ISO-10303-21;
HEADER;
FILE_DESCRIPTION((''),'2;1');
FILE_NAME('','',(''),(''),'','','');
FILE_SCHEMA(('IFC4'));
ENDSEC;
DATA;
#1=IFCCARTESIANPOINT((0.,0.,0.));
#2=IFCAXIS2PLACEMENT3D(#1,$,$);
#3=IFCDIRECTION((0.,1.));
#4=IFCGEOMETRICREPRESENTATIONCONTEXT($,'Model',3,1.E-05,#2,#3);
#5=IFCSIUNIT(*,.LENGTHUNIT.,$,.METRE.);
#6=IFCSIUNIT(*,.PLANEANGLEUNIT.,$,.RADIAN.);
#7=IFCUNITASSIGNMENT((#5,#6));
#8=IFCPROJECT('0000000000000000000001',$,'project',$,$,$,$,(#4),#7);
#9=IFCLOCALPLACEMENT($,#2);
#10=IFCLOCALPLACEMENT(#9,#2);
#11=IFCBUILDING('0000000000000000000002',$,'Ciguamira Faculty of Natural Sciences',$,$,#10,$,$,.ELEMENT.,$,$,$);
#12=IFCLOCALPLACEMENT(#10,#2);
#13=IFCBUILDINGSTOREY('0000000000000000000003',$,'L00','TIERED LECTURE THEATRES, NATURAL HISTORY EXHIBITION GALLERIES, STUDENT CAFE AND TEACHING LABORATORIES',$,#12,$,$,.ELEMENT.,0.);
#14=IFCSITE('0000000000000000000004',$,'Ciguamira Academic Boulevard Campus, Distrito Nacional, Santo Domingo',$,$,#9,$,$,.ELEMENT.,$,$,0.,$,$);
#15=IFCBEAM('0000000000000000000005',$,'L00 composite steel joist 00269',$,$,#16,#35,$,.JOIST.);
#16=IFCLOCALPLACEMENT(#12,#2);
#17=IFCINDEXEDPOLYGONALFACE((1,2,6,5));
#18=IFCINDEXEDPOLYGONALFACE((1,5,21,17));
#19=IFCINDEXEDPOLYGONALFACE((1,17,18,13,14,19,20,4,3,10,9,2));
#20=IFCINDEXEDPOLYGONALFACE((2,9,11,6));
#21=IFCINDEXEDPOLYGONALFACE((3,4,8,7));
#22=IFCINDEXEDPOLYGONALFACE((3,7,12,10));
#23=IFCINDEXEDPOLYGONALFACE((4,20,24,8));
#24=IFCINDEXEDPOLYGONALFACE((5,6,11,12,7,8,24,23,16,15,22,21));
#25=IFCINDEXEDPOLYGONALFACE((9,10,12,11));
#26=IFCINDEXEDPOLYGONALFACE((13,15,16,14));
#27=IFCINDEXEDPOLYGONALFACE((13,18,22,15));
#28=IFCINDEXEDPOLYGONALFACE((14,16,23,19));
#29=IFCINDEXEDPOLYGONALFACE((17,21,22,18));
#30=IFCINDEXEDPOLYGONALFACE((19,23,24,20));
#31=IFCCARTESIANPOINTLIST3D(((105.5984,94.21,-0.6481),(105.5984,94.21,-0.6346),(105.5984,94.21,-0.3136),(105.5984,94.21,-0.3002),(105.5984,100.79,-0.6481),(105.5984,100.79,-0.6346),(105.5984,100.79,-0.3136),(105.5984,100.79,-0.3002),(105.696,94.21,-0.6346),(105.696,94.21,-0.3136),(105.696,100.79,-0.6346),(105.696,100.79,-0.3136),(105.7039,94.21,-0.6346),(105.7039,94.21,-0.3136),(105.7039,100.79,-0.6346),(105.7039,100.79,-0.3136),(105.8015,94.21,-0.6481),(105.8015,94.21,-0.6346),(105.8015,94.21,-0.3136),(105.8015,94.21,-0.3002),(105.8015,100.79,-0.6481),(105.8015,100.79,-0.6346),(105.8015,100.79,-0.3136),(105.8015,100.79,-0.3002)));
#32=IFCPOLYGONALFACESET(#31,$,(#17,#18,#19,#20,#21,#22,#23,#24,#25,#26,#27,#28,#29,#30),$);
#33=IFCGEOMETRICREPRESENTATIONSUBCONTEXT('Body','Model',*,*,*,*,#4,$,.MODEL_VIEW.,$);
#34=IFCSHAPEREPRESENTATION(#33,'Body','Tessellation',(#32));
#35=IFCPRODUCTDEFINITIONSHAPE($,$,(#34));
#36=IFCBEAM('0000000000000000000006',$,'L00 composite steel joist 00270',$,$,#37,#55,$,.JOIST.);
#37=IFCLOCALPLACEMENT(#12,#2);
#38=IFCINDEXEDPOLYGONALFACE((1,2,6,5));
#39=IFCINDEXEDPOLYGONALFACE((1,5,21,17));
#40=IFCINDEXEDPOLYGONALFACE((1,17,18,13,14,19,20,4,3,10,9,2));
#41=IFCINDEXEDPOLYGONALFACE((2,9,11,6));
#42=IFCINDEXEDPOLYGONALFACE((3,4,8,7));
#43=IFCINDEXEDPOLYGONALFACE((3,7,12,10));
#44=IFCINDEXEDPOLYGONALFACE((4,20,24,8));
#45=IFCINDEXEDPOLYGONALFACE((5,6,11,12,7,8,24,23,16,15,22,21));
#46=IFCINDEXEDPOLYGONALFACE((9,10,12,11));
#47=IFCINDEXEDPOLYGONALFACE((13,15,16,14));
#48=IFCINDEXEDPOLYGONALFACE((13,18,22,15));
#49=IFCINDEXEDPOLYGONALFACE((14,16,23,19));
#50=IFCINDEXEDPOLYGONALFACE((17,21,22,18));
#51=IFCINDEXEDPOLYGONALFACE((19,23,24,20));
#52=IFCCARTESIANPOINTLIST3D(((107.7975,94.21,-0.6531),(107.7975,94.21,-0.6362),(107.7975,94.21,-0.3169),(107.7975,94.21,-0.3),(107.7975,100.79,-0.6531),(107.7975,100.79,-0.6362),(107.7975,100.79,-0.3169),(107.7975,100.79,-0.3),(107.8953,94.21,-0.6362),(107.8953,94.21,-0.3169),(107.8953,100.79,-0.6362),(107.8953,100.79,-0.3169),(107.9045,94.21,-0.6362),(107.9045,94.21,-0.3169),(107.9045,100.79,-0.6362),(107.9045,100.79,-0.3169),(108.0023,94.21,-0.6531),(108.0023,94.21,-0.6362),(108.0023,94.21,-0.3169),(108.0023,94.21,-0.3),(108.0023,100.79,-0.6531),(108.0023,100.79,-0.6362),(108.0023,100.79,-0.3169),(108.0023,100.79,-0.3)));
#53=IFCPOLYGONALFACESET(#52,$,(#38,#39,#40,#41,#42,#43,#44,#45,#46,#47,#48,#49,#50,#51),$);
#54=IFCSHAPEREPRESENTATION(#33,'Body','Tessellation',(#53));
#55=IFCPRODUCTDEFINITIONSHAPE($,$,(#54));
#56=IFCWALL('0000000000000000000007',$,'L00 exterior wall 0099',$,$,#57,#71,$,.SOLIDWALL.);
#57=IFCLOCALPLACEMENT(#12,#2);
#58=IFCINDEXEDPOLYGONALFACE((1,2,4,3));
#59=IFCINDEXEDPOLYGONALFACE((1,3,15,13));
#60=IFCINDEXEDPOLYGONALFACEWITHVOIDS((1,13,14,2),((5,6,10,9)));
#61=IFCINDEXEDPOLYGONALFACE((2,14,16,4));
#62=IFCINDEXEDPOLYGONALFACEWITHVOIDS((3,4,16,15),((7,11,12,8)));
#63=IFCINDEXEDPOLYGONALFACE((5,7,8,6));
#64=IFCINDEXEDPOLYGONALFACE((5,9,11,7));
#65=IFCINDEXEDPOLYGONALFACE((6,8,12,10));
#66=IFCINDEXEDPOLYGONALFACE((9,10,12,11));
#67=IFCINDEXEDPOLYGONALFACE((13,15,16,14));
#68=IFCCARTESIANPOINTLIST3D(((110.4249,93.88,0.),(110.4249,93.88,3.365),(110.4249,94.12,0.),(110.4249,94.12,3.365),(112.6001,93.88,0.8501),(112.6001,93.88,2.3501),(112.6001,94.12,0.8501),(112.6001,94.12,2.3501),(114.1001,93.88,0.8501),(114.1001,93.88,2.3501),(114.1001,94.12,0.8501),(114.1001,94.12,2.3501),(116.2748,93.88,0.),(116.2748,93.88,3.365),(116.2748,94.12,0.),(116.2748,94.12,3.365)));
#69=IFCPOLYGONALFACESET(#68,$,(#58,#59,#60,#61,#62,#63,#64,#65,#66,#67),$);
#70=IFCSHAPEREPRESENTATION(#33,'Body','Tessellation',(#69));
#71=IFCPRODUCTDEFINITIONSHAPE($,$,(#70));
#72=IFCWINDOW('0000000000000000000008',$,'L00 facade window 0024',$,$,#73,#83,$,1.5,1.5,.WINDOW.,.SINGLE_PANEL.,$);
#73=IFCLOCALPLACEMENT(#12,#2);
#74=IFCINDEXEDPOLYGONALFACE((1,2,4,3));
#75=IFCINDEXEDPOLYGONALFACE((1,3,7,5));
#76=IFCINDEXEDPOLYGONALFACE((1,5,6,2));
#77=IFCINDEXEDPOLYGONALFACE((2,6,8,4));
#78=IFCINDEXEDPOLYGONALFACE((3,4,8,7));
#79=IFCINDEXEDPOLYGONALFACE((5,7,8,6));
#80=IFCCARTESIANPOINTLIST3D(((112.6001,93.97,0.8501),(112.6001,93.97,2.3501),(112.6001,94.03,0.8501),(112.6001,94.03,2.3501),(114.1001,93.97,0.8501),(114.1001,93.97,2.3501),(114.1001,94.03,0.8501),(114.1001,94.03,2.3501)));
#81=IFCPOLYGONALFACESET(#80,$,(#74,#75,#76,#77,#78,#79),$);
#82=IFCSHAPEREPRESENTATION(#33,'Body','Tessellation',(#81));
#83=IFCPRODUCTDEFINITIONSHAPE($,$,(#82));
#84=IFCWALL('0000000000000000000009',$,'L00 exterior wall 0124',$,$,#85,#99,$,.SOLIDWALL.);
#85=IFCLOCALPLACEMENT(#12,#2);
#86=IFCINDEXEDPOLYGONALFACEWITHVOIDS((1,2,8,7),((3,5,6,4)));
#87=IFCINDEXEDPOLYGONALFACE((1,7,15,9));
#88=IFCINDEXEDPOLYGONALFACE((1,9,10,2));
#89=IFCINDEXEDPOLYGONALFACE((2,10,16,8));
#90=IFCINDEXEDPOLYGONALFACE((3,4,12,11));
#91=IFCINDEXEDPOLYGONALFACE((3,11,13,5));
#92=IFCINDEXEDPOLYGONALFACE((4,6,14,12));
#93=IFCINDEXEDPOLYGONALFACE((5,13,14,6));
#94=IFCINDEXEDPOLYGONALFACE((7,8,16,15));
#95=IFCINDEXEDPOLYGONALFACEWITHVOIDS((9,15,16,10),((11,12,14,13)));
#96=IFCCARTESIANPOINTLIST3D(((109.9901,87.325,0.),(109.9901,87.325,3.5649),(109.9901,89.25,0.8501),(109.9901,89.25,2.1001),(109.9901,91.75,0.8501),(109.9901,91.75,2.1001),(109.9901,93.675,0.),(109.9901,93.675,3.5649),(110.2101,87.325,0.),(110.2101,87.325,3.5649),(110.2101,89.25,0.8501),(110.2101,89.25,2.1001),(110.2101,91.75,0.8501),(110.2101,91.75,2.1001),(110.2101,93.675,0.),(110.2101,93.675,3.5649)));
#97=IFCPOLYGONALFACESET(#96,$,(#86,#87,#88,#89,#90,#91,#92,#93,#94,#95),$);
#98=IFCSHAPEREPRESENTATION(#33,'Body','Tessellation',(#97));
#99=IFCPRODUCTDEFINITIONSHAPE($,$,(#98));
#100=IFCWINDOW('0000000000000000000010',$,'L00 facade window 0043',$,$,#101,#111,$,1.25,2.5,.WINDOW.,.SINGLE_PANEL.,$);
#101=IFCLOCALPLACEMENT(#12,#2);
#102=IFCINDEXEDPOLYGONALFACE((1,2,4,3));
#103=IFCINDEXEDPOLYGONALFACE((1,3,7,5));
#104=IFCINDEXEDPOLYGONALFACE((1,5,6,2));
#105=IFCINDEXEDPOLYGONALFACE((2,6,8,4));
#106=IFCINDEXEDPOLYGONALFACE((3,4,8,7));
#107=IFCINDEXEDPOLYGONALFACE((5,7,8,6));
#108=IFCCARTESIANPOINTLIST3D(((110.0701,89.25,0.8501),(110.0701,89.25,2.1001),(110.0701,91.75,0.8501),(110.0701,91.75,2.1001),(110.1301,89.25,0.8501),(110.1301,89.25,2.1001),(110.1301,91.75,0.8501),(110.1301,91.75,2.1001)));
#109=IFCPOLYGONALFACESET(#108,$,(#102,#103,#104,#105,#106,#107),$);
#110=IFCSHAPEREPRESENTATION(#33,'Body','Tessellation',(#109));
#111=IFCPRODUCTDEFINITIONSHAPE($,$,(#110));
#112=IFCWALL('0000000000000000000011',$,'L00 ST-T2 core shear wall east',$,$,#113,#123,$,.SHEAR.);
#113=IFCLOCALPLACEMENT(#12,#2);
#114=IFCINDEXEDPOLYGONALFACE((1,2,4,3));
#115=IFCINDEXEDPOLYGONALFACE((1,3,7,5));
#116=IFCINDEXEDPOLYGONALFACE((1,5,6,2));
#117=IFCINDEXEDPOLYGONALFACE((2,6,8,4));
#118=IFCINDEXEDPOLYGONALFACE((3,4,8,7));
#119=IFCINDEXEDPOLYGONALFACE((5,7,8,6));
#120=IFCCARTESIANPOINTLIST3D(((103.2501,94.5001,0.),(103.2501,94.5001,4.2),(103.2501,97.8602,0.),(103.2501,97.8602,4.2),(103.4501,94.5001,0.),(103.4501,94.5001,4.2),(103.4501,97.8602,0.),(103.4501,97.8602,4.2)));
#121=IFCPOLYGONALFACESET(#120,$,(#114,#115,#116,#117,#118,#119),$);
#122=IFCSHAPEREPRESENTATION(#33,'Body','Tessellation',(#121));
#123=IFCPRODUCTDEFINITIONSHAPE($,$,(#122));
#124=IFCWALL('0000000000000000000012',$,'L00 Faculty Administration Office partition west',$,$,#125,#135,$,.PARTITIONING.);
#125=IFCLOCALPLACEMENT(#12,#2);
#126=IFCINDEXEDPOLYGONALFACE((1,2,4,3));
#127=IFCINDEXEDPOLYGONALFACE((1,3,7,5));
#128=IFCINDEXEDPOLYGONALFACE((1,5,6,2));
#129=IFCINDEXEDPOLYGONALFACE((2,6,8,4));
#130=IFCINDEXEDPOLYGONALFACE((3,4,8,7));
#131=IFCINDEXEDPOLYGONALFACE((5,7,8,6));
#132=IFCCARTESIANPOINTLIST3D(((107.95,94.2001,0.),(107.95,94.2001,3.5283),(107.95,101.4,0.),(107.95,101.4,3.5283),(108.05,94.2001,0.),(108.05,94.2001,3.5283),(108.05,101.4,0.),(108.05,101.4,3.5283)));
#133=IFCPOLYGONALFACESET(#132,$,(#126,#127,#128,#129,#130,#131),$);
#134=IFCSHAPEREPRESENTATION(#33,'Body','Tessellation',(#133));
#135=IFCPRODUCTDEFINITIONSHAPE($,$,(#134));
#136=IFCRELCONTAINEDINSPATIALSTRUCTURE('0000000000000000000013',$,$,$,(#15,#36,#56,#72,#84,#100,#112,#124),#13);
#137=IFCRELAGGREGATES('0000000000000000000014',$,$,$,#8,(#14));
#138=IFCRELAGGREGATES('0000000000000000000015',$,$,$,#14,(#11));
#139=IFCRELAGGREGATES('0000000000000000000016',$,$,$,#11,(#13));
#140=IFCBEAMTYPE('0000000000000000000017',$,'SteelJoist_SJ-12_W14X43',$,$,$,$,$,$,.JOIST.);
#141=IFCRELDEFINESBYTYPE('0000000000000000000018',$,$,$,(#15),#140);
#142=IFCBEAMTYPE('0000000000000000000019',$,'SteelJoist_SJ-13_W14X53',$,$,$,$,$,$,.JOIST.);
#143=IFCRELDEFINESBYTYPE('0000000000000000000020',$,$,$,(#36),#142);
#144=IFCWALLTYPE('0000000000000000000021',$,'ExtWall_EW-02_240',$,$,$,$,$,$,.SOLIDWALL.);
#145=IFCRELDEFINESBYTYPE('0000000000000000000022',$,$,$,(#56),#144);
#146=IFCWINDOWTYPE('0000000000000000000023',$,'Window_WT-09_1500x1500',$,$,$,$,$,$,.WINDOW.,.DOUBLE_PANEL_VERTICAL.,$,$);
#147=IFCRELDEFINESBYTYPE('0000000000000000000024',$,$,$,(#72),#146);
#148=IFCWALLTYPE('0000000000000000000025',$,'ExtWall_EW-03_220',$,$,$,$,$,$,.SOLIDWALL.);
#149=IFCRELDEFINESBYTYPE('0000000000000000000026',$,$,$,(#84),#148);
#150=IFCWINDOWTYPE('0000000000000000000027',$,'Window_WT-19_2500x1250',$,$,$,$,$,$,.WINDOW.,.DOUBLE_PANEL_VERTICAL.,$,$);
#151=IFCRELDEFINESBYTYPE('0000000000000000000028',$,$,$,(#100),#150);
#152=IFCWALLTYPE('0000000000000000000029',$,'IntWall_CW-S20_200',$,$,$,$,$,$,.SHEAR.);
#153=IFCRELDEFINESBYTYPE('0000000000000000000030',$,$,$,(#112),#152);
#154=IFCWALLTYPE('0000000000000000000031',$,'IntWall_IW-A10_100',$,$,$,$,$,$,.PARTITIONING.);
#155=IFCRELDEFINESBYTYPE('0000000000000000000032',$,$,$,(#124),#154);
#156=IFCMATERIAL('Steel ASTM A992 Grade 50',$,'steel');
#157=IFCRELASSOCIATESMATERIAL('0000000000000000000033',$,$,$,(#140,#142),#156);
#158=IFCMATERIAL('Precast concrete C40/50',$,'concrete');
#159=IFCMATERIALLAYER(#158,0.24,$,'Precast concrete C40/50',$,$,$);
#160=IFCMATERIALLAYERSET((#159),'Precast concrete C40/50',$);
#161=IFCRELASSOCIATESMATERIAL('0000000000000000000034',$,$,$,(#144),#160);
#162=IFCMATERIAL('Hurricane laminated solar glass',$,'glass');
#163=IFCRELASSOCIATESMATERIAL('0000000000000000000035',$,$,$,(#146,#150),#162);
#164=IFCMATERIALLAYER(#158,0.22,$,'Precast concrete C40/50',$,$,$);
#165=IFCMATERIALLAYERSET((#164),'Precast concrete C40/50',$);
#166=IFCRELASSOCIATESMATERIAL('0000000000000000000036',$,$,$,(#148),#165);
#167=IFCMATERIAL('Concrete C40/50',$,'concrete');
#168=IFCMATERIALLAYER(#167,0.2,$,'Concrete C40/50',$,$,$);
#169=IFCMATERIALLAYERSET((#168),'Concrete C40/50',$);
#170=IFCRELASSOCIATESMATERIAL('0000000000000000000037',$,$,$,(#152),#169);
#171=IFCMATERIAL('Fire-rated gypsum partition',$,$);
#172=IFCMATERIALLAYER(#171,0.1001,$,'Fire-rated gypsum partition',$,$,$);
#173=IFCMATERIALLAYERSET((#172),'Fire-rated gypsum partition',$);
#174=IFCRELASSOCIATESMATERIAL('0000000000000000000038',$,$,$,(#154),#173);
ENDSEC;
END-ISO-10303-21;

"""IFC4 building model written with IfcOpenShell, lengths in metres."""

from ifc_helpers import new_model, si_unit, direction, frame, frame_2d, origin, origin_2d, place, context, subcontext, project, spatial, rectangle, i_section, extrude, material, layer, layer_set, material_profile, profile_set, type_object, element, fill, save


model = new_model("IFC4")

# Units and contexts
model_context = context("Model", 3, precision=1e-05, world=origin(), true_north=direction((0.0, 1.0)))
body_context = subcontext(model_context, "Body", "Model", "MODEL_VIEW")
ifc_project = project(units=[si_unit("LENGTHUNIT", "METRE"), si_unit("PLANEANGLEUNIT", "RADIAN")], contexts=[model_context])

# Site, building, storey
site_placement = place(None, origin())
site = spatial("IfcSite", under=ifc_project, at=site_placement, Name="Ciguamira Academic Boulevard Campus, Distrito Nacional, Santo Domingo", CompositionType="ELEMENT", RefElevation=0.0)
building_placement = place(site_placement, origin())
building = spatial("IfcBuilding", under=site, at=building_placement, Name="Ciguamira Faculty of Natural Sciences", CompositionType="ELEMENT")
storey_placement = place(building_placement, origin())
storey = spatial("IfcBuildingStorey", under=building, at=storey_placement, Name="L00", Description="TIERED LECTURE THEATRES, NATURAL HISTORY EXHIBITION GALLERIES, STUDENT CAFE AND TEACHING LABORATORIES", CompositionType="ELEMENT", Elevation=0.0)

# Shared definitions
ifc_material_1 = material(Name="Concrete C40/50", Category="concrete")

# Beams
ifc_material_2 = material(Name="Precast concrete C40/50", Category="concrete")
ifc_material_3 = material(Name="Steel ASTM A992 Grade 50", Category="steel")
ifc_material_profile_1 = material_profile(ifc_material_3, i_section(OverallWidth=0.2031, OverallDepth=0.3479, WebThickness=0.0078, FlangeThickness=0.0134, at=origin_2d()), Name="W14X43")
ifc_profile_set_1 = profile_set([ifc_material_profile_1], Name="Steel ASTM A992 Grade 50")
beam_type_1 = type_object("IfcBeamType", Name="SteelJoist_SJ-12_W14X43", PredefinedType="JOIST", material=ifc_profile_set_1)
beam_1_placement = place(storey_placement, frame((105.7, 94.21, -0.4741), z_axis=(0.0, 1.0, 0.0), x_axis=(-1.0, 0.0, 0.0)))
element("IfcBeam", 1, at=beam_1_placement, inside=storey, type_object=beam_type_1, Name="L00 composite steel joist 00269", PredefinedType="JOIST", context=body_context, shape_type="SweptSolid", body=[
    extrude(i_section(OverallWidth=0.2031, OverallDepth=0.3479, WebThickness=0.0078, FlangeThickness=0.0134, at=origin_2d()), origin(), (0.0, 0.0, 1.0), 6.5801),
])
ifc_material_profile_2 = material_profile(ifc_material_3, i_section(OverallWidth=0.2048, OverallDepth=0.353, WebThickness=0.0093, FlangeThickness=0.0168, at=origin_2d()), Name="W14X53")
ifc_profile_set_2 = profile_set([ifc_material_profile_2], Name="Steel ASTM A992 Grade 50")
beam_type_2 = type_object("IfcBeamType", Name="SteelJoist_SJ-13_W14X53", PredefinedType="JOIST", material=ifc_profile_set_2)
beam_2_placement = place(storey_placement, frame((107.8999, 94.21, -0.4766), z_axis=(0.0, 1.0, 0.0), x_axis=(-1.0, 0.0, 0.0)))
element("IfcBeam", 2, at=beam_2_placement, inside=storey, type_object=beam_type_2, Name="L00 composite steel joist 00270", PredefinedType="JOIST", context=body_context, shape_type="SweptSolid", body=[
    extrude(i_section(OverallWidth=0.2048, OverallDepth=0.353, WebThickness=0.0093, FlangeThickness=0.0168, at=origin_2d()), origin(), (0.0, 0.0, 1.0), 6.5801),
])

# Walls, openings, windows
ifc_layer_1 = layer(ifc_material_2, 0.24, Name="Precast concrete C40/50")
ifc_layer_set_1 = layer_set([ifc_layer_1], Name="Precast concrete C40/50")
wall_type_1 = type_object("IfcWallType", Name="ExtWall_EW-02_240", PredefinedType="SOLIDWALL", material=ifc_layer_set_1)
wall_1_placement = place(storey_placement, frame((110.425, 94.0, 0.0), z_axis=(0.0, 0.0, 1.0), x_axis=(1.0, 0.0, 0.0)))
wall_1 = element("IfcWall", 3, at=wall_1_placement, inside=storey, type_object=wall_type_1, Name="L00 exterior wall 0099", PredefinedType="SOLIDWALL", context=body_context, shape_type="SweptSolid", body=[
    extrude(rectangle(XDim=5.8499, YDim=0.24, at=frame_2d((2.9248, 0.0))), origin(), (0.0, 0.0, 1.0), 3.365),
])
opening_1_placement = place(wall_1_placement, frame((2.175, 0.0, 0.8501)))
opening_1 = element("IfcOpeningElement", 4, at=opening_1_placement, cuts=wall_1, PredefinedType="OPENING", context=body_context, shape_type="SweptSolid", body=[
    extrude(rectangle(XDim=1.5, YDim=1.5, at=frame_2d((0.75, 0.75))), frame((0.0, 0.1299, 0.0), z_axis=(0.0, -1.0, 0.0), x_axis=(1.0, 0.0, 0.0)), (0.0, 0.0, 1.0), 0.26),
])
ifc_material_4 = material(Name="Hurricane laminated solar glass", Category="glass")
window_type_1 = type_object("IfcWindowType", Name="Window_WT-09_1500x1500", PartitioningType="DOUBLE_PANEL_VERTICAL", PredefinedType="WINDOW", material=ifc_material_4)
window_1_placement = place(opening_1_placement, origin())
window_1 = element("IfcWindow", 5, at=window_1_placement, inside=storey, type_object=window_type_1, Name="L00 facade window 0024", OverallHeight=1.5, OverallWidth=1.5, PartitioningType="SINGLE_PANEL", PredefinedType="WINDOW", context=body_context, shape_type="SweptSolid", body=[
    extrude(rectangle(XDim=1.5, YDim=1.5, at=frame_2d((0.75, 0.75))), frame((0.0, 0.03, 0.0), z_axis=(0.0, -1.0, 0.0), x_axis=(1.0, 0.0, 0.0)), (0.0, 0.0, 1.0), 0.0601),
])
fill(opening_1, window_1)
ifc_layer_2 = layer(ifc_material_2, 0.22, Name="Precast concrete C40/50")
ifc_layer_set_2 = layer_set([ifc_layer_2], Name="Precast concrete C40/50")
wall_type_2 = type_object("IfcWallType", Name="ExtWall_EW-03_220", PredefinedType="SOLIDWALL", material=ifc_layer_set_2)
wall_2_placement = place(storey_placement, frame((110.1001, 87.325, 0.0), z_axis=(0.0, 0.0, 1.0), x_axis=(0.0, 1.0, 0.0)))
wall_2 = element("IfcWall", 6, at=wall_2_placement, inside=storey, type_object=wall_type_2, Name="L00 exterior wall 0124", PredefinedType="SOLIDWALL", context=body_context, shape_type="SweptSolid", body=[
    extrude(rectangle(XDim=6.3501, YDim=0.22, at=frame_2d((3.175, 0.0))), origin(), (0.0, 0.0, 1.0), 3.5649),
])
opening_2_placement = place(wall_2_placement, frame((1.925, 0.0, 0.8501)))
opening_2 = element("IfcOpeningElement", 7, at=opening_2_placement, cuts=wall_2, PredefinedType="OPENING", context=body_context, shape_type="SweptSolid", body=[
    extrude(rectangle(XDim=2.5, YDim=1.25, at=frame_2d((1.25, 0.625))), frame((0.0, 0.1199, 0.0), z_axis=(0.0, -1.0, 0.0), x_axis=(1.0, 0.0, 0.0)), (0.0, 0.0, 1.0), 0.24),
])
window_type_2 = type_object("IfcWindowType", Name="Window_WT-19_2500x1250", PartitioningType="DOUBLE_PANEL_VERTICAL", PredefinedType="WINDOW", material=ifc_material_4)
window_2_placement = place(opening_2_placement, origin())
window_2 = element("IfcWindow", 8, at=window_2_placement, inside=storey, type_object=window_type_2, Name="L00 facade window 0043", OverallHeight=1.25, OverallWidth=2.5, PartitioningType="SINGLE_PANEL", PredefinedType="WINDOW", context=body_context, shape_type="SweptSolid", body=[
    extrude(rectangle(XDim=2.5, YDim=1.25, at=frame_2d((1.25, 0.625))), frame((0.0, 0.03, 0.0), z_axis=(0.0, -1.0, 0.0), x_axis=(1.0, 0.0, 0.0)), (0.0, 0.0, 1.0), 0.0601),
])
fill(opening_2, window_2)

# Walls
ifc_layer_3 = layer(ifc_material_1, 0.2, Name="Concrete C40/50")
ifc_layer_set_3 = layer_set([ifc_layer_3], Name="Concrete C40/50")
wall_type_3 = type_object("IfcWallType", Name="IntWall_CW-S20_200", PredefinedType="SHEAR", material=ifc_layer_set_3)
wall_3_placement = place(storey_placement, frame((103.3501, 94.5, 0.0), z_axis=(0.0, 0.0, 1.0), x_axis=(0.0, 1.0, 0.0)))
element("IfcWall", 9, at=wall_3_placement, inside=storey, type_object=wall_type_3, Name="L00 ST-T2 core shear wall east", PredefinedType="SHEAR", context=body_context, shape_type="SweptSolid", body=[
    extrude(rectangle(XDim=3.3601, YDim=0.2, at=frame_2d((1.6802, 0.0))), origin(), (0.0, 0.0, 1.0), 4.2),
])
ifc_material_5 = material(Name="Fire-rated gypsum partition")
ifc_layer_4 = layer(ifc_material_5, 0.1001, Name="Fire-rated gypsum partition")
ifc_layer_set_4 = layer_set([ifc_layer_4], Name="Fire-rated gypsum partition")
wall_type_4 = type_object("IfcWallType", Name="IntWall_IW-A10_100", PredefinedType="PARTITIONING", material=ifc_layer_set_4)
wall_4_placement = place(storey_placement, frame((108.0, 94.2, 0.0), z_axis=(0.0, 0.0, 1.0), x_axis=(0.0, 1.0, 0.0)))
element("IfcWall", 10, at=wall_4_placement, inside=storey, type_object=wall_type_4, Name="L00 Faculty Administration Office partition west", PredefinedType="PARTITIONING", context=body_context, shape_type="SweptSolid", body=[
    extrude(rectangle(XDim=7.2, YDim=0.1001, at=frame_2d((3.6001, 0.0))), origin(), (0.0, 0.0, 1.0), 3.5283),
])

save(model, "model.ifc")
